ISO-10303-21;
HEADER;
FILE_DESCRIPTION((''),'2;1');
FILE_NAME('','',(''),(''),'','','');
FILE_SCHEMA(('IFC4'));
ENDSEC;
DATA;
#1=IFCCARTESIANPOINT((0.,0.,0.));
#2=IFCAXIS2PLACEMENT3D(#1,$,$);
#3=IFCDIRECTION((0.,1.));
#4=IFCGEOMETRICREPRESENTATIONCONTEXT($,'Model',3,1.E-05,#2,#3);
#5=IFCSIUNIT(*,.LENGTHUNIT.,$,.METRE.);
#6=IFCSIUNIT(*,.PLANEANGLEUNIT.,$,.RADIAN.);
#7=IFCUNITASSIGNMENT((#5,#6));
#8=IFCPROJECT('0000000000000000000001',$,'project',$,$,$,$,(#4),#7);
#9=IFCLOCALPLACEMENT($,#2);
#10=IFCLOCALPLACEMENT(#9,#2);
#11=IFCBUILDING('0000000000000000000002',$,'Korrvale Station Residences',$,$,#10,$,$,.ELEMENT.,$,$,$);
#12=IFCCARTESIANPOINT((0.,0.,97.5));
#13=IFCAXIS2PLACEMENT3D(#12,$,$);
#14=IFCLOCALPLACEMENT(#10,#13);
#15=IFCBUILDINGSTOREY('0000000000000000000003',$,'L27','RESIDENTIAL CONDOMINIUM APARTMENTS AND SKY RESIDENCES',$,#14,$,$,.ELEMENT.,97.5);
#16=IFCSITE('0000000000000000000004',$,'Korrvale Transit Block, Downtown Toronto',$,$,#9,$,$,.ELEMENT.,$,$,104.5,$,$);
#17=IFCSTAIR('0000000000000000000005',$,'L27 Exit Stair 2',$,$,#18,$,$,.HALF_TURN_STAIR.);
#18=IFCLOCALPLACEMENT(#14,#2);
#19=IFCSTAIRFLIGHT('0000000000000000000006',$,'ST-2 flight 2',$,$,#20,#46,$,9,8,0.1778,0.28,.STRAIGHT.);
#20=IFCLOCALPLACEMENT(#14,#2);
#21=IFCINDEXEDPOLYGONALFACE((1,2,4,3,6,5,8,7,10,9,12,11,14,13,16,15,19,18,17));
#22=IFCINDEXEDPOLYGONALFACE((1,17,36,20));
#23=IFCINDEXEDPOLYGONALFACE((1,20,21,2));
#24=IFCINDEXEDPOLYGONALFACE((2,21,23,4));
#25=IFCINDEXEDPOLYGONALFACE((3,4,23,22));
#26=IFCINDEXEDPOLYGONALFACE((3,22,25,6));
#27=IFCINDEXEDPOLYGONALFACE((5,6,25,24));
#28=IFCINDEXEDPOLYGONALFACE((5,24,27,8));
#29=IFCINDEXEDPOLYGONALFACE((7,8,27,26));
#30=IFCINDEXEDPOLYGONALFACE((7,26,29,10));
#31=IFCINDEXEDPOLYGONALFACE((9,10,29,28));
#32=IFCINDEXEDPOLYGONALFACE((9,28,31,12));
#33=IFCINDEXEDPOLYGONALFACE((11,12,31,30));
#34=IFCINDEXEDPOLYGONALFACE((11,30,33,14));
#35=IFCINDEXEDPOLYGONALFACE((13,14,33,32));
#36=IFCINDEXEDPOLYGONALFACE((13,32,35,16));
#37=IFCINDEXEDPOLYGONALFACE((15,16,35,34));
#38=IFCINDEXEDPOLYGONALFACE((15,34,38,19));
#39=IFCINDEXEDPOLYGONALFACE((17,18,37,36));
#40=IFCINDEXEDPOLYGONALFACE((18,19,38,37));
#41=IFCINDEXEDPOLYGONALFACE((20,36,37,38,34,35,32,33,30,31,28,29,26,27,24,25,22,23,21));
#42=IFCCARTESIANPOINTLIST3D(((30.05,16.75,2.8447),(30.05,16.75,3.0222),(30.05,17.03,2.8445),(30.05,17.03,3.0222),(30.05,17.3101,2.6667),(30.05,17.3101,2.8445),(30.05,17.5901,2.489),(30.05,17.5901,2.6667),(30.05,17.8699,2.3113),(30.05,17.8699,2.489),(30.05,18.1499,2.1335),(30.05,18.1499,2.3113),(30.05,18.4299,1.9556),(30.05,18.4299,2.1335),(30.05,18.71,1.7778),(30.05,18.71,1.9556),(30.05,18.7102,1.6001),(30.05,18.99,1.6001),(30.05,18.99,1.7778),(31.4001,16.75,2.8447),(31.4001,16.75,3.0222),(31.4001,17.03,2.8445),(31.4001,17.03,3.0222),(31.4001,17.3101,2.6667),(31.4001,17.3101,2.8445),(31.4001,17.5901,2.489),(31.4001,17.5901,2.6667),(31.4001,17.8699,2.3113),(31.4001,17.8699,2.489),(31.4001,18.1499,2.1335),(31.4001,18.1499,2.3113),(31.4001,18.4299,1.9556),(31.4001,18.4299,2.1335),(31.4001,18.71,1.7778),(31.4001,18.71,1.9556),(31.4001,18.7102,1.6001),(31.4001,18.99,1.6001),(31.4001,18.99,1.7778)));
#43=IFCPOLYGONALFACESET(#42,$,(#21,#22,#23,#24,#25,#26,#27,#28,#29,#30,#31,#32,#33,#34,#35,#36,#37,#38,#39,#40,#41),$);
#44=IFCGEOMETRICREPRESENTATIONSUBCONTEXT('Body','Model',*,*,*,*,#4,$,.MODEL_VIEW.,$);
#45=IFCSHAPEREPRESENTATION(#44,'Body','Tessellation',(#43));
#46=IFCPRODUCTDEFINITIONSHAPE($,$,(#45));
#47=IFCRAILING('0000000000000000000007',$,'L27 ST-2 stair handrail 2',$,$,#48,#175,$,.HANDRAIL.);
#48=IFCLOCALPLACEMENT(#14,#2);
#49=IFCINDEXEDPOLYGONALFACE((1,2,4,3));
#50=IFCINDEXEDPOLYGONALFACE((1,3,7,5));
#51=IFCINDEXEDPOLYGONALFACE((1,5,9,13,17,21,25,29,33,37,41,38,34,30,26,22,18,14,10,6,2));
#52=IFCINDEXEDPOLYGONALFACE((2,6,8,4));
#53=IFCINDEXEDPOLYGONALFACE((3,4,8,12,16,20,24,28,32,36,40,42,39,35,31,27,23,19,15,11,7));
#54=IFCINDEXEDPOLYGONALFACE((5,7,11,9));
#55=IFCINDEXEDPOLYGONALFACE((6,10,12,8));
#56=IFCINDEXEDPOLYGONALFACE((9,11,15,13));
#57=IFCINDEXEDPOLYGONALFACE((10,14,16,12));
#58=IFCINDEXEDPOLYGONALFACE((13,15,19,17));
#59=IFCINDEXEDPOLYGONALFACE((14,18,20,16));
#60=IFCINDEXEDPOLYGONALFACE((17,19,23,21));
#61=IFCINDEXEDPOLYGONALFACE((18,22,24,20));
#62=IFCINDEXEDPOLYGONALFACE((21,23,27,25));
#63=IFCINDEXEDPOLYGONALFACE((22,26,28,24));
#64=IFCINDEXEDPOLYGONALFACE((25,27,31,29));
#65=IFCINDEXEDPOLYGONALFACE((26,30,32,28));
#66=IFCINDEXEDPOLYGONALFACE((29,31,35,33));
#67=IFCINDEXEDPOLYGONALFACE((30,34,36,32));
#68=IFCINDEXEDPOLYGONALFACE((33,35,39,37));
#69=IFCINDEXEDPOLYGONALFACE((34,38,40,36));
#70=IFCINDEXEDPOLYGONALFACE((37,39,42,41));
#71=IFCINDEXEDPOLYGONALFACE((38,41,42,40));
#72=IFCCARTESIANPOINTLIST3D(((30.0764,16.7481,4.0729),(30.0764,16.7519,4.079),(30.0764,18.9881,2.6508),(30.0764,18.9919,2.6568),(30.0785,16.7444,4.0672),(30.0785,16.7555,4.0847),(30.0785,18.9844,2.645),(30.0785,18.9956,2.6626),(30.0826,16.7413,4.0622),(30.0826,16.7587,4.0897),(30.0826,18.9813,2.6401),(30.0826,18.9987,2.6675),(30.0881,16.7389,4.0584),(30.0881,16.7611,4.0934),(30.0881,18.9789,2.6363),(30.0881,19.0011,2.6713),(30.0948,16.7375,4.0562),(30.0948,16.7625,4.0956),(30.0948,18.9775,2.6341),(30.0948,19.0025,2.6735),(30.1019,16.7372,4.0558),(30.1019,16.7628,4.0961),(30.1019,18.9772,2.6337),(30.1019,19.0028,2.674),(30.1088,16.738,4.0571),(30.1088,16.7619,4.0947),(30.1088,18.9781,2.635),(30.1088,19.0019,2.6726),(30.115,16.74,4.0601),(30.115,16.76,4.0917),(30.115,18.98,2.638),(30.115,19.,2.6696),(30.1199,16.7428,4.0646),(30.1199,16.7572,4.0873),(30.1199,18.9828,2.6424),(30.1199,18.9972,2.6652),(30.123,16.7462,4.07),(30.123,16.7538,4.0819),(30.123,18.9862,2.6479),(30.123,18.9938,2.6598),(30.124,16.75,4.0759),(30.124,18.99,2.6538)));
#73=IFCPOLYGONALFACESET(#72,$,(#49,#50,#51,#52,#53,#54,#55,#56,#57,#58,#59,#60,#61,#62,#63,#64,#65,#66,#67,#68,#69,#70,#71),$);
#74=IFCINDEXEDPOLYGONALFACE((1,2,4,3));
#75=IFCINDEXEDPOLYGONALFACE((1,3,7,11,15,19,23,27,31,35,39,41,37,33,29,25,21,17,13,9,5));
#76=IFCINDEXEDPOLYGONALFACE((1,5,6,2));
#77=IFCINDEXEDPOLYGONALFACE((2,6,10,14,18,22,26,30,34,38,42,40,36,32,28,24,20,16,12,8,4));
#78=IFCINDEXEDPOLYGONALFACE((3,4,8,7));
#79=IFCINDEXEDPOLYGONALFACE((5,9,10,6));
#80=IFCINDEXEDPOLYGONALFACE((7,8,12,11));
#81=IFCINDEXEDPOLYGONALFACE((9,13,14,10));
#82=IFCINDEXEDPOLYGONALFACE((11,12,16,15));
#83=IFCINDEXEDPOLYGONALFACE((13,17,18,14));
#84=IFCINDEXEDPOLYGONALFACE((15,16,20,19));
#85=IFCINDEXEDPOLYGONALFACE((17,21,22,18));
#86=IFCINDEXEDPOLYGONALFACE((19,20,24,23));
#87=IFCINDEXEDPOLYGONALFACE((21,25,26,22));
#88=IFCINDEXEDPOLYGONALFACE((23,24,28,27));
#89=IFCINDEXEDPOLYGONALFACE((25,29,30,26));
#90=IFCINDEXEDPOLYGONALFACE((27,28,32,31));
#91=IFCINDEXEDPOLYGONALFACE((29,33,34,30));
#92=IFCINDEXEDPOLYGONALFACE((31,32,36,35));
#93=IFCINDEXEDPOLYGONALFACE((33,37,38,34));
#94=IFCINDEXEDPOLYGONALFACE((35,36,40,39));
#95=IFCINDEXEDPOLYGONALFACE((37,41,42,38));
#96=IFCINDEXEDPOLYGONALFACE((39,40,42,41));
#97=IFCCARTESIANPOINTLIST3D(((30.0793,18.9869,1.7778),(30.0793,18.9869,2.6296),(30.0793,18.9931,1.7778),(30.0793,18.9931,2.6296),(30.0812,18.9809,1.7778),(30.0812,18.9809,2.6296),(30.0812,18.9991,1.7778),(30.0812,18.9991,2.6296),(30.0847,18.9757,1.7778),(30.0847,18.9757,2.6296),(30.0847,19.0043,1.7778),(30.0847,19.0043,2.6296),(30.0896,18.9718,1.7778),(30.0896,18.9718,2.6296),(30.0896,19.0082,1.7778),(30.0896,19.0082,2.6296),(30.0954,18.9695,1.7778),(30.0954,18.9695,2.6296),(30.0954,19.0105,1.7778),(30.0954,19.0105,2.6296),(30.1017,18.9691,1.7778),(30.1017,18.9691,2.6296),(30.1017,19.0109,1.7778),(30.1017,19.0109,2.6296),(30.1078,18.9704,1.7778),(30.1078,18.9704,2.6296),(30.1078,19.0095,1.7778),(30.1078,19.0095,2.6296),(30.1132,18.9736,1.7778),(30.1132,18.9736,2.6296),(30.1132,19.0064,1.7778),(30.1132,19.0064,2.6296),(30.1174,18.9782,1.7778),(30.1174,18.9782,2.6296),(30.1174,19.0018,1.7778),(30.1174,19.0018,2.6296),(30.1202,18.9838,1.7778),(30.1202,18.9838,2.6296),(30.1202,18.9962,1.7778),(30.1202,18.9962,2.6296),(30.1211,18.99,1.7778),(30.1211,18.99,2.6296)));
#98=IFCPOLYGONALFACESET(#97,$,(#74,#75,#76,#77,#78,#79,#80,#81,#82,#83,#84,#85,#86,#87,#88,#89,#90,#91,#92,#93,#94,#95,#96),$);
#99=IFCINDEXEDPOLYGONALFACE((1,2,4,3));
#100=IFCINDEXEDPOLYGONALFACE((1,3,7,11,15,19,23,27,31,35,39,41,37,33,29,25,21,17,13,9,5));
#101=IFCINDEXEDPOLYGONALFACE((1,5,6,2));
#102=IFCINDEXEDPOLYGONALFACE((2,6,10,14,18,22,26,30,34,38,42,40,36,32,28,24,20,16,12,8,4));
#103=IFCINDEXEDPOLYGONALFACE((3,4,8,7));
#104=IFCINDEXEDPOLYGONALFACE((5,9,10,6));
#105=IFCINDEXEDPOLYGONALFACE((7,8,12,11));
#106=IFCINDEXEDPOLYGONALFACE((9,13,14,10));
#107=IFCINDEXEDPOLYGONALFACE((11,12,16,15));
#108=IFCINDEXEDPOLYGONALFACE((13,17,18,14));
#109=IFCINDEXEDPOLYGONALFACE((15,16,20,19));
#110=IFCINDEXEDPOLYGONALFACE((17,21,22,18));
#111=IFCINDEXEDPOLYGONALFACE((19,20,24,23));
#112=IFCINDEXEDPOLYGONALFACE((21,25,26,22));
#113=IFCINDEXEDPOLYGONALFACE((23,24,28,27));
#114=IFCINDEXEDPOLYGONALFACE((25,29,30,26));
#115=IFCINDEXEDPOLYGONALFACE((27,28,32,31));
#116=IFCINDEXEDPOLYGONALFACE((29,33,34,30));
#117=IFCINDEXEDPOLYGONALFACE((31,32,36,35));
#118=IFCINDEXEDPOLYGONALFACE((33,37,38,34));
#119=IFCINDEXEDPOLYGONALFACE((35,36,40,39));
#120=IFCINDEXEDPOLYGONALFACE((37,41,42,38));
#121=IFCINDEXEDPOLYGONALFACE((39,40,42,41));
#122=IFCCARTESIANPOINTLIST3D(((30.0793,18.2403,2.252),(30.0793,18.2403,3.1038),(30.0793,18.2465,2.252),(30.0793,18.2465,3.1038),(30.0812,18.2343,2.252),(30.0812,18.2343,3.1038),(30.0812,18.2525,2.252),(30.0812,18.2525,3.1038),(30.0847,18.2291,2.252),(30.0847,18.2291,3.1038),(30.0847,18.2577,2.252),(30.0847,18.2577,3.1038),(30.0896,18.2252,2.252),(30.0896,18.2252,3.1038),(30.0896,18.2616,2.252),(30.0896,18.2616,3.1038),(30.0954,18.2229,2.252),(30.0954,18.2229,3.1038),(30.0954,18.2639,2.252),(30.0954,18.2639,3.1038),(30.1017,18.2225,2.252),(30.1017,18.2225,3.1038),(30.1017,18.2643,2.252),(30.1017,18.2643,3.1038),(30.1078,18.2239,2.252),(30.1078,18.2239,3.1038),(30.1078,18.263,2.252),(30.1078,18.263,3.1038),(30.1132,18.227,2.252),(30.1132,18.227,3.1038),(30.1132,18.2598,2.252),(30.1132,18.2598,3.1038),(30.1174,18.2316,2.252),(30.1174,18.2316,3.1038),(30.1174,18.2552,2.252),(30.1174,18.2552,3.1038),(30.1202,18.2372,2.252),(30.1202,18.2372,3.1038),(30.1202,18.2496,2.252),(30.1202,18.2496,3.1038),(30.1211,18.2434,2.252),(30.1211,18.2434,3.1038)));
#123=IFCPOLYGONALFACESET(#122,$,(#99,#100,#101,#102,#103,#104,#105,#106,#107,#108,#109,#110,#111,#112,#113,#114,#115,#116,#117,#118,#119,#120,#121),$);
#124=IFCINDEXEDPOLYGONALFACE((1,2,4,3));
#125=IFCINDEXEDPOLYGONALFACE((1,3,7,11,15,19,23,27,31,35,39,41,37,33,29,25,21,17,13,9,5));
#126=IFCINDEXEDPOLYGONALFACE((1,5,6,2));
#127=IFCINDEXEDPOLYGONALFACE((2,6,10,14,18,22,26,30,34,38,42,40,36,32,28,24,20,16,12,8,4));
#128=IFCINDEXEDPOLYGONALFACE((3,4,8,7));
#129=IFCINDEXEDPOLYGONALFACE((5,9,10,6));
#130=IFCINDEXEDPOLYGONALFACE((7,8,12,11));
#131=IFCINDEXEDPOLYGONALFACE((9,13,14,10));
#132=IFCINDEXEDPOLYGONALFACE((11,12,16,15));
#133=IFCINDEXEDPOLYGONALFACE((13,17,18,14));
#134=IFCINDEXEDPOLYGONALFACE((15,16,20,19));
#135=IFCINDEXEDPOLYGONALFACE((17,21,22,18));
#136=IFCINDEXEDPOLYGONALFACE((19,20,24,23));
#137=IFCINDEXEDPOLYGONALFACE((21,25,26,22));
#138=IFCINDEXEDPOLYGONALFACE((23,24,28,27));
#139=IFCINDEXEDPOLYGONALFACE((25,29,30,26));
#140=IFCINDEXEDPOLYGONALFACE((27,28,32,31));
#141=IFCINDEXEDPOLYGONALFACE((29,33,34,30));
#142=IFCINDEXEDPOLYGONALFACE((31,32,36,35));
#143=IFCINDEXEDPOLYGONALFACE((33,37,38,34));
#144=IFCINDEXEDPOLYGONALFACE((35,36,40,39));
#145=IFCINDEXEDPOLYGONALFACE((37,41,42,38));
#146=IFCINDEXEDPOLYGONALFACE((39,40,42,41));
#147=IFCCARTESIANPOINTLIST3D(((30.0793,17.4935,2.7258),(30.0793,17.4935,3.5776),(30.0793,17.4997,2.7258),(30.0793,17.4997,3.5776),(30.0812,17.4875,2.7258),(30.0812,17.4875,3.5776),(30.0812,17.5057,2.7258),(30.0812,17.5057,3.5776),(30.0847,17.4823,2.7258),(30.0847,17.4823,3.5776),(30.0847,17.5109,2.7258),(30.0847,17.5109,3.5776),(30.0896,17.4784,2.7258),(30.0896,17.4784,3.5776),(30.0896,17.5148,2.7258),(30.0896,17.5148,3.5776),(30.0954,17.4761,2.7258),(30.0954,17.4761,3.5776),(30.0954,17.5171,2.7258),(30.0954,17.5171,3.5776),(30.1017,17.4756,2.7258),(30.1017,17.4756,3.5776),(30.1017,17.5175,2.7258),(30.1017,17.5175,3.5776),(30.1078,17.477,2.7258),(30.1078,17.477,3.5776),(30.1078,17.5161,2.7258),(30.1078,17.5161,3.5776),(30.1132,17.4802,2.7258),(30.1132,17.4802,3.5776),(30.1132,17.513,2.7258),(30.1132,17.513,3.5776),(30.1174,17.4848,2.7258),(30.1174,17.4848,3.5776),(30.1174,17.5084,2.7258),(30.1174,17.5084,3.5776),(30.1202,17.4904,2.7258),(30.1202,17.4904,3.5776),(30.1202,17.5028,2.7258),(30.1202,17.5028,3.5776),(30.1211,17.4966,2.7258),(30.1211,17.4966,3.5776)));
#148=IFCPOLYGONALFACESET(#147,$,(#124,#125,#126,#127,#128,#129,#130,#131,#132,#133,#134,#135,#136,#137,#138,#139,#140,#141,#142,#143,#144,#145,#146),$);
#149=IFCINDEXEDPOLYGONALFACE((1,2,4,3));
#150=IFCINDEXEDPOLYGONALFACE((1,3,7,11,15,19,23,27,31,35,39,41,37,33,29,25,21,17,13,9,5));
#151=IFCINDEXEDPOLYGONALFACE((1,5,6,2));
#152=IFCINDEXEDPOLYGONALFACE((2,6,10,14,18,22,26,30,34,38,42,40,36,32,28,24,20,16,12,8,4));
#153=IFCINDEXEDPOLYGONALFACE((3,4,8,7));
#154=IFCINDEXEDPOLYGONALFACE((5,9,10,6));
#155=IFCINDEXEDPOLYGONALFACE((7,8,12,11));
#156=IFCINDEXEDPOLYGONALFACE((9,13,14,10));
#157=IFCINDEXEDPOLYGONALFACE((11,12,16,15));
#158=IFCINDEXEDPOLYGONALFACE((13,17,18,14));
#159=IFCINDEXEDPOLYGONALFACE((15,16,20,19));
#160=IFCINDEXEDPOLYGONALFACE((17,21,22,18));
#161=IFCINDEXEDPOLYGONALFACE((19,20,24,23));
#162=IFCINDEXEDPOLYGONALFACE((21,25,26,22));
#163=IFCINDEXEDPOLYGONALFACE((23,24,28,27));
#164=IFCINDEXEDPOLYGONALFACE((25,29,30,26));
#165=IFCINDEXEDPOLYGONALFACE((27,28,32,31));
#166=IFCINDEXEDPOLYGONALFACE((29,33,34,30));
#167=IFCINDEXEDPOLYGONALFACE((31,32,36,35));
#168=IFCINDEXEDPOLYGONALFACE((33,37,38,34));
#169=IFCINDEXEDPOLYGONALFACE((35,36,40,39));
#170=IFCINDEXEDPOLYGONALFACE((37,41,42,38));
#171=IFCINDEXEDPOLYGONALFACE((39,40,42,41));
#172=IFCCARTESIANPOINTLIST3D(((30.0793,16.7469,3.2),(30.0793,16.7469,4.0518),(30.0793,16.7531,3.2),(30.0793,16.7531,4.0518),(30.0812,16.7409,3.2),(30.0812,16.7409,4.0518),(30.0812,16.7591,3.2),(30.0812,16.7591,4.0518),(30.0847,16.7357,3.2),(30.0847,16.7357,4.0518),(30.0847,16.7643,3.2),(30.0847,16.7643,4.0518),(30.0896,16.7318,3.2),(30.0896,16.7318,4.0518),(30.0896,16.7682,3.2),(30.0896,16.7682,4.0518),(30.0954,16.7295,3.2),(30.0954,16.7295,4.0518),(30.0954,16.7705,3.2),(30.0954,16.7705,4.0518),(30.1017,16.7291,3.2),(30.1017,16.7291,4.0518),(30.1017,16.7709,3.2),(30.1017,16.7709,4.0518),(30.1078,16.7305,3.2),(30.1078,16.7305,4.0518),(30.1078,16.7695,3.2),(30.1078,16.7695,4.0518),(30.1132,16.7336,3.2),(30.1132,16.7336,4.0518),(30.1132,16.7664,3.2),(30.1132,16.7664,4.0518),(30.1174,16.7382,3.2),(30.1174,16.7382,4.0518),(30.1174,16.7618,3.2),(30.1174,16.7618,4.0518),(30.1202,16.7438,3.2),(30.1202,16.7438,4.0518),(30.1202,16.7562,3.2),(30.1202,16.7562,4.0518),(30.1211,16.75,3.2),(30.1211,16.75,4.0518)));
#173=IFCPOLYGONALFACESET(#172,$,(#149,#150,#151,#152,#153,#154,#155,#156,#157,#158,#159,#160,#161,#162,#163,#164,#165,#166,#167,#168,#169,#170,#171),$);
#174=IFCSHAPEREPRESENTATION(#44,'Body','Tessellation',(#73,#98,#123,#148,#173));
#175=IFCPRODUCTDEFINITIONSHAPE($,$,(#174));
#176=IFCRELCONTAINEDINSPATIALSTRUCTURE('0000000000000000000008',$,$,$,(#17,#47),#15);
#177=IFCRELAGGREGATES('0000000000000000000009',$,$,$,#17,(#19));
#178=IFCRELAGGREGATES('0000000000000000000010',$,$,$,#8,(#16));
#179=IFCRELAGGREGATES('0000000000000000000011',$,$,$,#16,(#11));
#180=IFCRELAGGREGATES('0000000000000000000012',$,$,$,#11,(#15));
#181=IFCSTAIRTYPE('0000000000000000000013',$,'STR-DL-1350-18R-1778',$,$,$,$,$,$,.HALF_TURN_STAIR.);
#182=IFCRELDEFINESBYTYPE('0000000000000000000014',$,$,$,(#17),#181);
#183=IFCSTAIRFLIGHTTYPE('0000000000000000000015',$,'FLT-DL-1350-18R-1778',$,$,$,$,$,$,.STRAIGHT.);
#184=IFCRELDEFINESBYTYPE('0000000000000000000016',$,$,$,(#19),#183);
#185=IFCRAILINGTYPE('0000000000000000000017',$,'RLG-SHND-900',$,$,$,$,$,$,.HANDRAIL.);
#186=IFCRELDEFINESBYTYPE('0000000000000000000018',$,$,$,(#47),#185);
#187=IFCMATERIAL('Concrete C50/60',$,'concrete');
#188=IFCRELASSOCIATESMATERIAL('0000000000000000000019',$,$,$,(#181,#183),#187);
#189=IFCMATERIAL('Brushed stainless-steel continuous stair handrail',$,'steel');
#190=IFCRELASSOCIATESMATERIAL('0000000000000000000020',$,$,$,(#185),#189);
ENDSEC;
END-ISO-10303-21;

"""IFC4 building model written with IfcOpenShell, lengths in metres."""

from ifc_helpers import new_model, si_unit, direction, frame, origin, origin_2d, place, context, subcontext, project, spatial, polyline, circle, outline, extrude, material, type_object, element, aggregate, save


model = new_model("IFC4")

# Units and contexts
model_context = context("Model", 3, precision=1e-05, world=origin(), true_north=direction((0.0, 1.0)))
body_context = subcontext(model_context, "Body", "Model", "MODEL_VIEW")
ifc_project = project(units=[si_unit("LENGTHUNIT", "METRE"), si_unit("PLANEANGLEUNIT", "RADIAN")], contexts=[model_context])

# Site, building, storey
site_placement = place(None, origin())
site = spatial("IfcSite", under=ifc_project, at=site_placement, Name="Korrvale Transit Block, Downtown Toronto", CompositionType="ELEMENT", RefElevation=104.5)
building_placement = place(site_placement, origin())
building = spatial("IfcBuilding", under=site, at=building_placement, Name="Korrvale Station Residences", CompositionType="ELEMENT")
storey_placement = place(building_placement, frame((0.0, 0.0, 97.5)))
storey = spatial("IfcBuildingStorey", under=building, at=storey_placement, Name="L27", Description="RESIDENTIAL CONDOMINIUM APARTMENTS AND SKY RESIDENCES", CompositionType="ELEMENT", Elevation=97.5)

# Stair, stair flight
ifc_material_1 = material(Name="Concrete C50/60", Category="concrete")
stair_type = type_object("IfcStairType", Name="STR-DL-1350-18R-1778", PredefinedType="HALF_TURN_STAIR", material=ifc_material_1)
stair_placement = place(storey_placement, origin())
stair = element("IfcStair", 1, at=stair_placement, inside=storey, type_object=stair_type, Name="L27 Exit Stair 2", PredefinedType="HALF_TURN_STAIR")
stair_flight_type = type_object("IfcStairFlightType", Name="FLT-DL-1350-18R-1778", PredefinedType="STRAIGHT", material=ifc_material_1)
stair_flight_placement = place(storey_placement, frame((30.7251, 18.99, 1.6001), z_axis=(0.0, 0.0, 1.0), x_axis=(0.0, -1.0, 0.0)))
stair_flight = element("IfcStairFlight", 2, at=stair_flight_placement, type_object=stair_flight_type, Name="ST-2 flight 2", NumberOfRisers=9, NumberOfTreads=8, PredefinedType="STRAIGHT", RiserHeight=0.1778, TreadLength=0.28, context=body_context, shape_type="SweptSolid", body=[
    extrude(outline(polyline([(0.0, 0.0), (0.0, 0.1777), (0.28, 0.1777), (0.28, 0.3555), (0.5601, 0.3555), (0.5601, 0.5334), (0.8401, 0.5334), (0.8401, 0.7112), (1.1201, 0.7112), (1.1201, 0.8889), (1.3999, 0.8889), (1.3999, 1.0667), (1.6799, 1.0667), (1.6799, 1.2444), (1.96, 1.2444), (1.96, 1.4221), (2.24, 1.4221), (2.24, 1.6001), (2.24, 1.2446), (0.2798, 0.0), (0.0, 0.0)])), frame((0.0, 0.675, 0.0), z_axis=(0.0, -1.0, 0.0), x_axis=(1.0, 0.0, 0.0)), (0.0, 0.0, 1.0), 1.3501),
])
aggregate(stair, [stair_flight])

# Railing
ifc_material_2 = material(Name="Brushed stainless-steel continuous stair handrail", Category="steel")
railing_type_1 = type_object("IfcRailingType", Name="RLG-SHND-900", PredefinedType="HANDRAIL", material=ifc_material_2)
railing_1_placement = place(storey_placement, frame((30.1001, 18.99, 1.7778)))
element("IfcRailing", 3, at=railing_1_placement, inside=storey, type_object=railing_type_1, Name="L27 ST-2 stair handrail 2", PredefinedType="HANDRAIL", context=body_context, shape_type="SweptSolid", body=[
    extrude(circle(Radius=0.0239, at=origin_2d()), frame((0.0, 0.0, 0.876), z_axis=(0.0, -0.844229, 0.535982), x_axis=(1.0, 0.0, 0.0)), (0.0, 0.0, 1.0), 2.6533),
    extrude(circle(Radius=0.021, at=origin_2d()), origin(), (0.0, 0.0, 1.0), 0.8518),
    extrude(circle(Radius=0.021, at=origin_2d()), frame((0.0, -0.7466, 0.4741)), (0.0, 0.0, 1.0), 0.8518),
    extrude(circle(Radius=0.021, at=origin_2d()), frame((0.0, -1.4934, 0.948)), (0.0, 0.0, 1.0), 0.8518),
    extrude(circle(Radius=0.021, at=origin_2d()), frame((0.0, -2.24, 1.4221)), (0.0, 0.0, 1.0), 0.8518),
])

save(model, "model.ifc")
